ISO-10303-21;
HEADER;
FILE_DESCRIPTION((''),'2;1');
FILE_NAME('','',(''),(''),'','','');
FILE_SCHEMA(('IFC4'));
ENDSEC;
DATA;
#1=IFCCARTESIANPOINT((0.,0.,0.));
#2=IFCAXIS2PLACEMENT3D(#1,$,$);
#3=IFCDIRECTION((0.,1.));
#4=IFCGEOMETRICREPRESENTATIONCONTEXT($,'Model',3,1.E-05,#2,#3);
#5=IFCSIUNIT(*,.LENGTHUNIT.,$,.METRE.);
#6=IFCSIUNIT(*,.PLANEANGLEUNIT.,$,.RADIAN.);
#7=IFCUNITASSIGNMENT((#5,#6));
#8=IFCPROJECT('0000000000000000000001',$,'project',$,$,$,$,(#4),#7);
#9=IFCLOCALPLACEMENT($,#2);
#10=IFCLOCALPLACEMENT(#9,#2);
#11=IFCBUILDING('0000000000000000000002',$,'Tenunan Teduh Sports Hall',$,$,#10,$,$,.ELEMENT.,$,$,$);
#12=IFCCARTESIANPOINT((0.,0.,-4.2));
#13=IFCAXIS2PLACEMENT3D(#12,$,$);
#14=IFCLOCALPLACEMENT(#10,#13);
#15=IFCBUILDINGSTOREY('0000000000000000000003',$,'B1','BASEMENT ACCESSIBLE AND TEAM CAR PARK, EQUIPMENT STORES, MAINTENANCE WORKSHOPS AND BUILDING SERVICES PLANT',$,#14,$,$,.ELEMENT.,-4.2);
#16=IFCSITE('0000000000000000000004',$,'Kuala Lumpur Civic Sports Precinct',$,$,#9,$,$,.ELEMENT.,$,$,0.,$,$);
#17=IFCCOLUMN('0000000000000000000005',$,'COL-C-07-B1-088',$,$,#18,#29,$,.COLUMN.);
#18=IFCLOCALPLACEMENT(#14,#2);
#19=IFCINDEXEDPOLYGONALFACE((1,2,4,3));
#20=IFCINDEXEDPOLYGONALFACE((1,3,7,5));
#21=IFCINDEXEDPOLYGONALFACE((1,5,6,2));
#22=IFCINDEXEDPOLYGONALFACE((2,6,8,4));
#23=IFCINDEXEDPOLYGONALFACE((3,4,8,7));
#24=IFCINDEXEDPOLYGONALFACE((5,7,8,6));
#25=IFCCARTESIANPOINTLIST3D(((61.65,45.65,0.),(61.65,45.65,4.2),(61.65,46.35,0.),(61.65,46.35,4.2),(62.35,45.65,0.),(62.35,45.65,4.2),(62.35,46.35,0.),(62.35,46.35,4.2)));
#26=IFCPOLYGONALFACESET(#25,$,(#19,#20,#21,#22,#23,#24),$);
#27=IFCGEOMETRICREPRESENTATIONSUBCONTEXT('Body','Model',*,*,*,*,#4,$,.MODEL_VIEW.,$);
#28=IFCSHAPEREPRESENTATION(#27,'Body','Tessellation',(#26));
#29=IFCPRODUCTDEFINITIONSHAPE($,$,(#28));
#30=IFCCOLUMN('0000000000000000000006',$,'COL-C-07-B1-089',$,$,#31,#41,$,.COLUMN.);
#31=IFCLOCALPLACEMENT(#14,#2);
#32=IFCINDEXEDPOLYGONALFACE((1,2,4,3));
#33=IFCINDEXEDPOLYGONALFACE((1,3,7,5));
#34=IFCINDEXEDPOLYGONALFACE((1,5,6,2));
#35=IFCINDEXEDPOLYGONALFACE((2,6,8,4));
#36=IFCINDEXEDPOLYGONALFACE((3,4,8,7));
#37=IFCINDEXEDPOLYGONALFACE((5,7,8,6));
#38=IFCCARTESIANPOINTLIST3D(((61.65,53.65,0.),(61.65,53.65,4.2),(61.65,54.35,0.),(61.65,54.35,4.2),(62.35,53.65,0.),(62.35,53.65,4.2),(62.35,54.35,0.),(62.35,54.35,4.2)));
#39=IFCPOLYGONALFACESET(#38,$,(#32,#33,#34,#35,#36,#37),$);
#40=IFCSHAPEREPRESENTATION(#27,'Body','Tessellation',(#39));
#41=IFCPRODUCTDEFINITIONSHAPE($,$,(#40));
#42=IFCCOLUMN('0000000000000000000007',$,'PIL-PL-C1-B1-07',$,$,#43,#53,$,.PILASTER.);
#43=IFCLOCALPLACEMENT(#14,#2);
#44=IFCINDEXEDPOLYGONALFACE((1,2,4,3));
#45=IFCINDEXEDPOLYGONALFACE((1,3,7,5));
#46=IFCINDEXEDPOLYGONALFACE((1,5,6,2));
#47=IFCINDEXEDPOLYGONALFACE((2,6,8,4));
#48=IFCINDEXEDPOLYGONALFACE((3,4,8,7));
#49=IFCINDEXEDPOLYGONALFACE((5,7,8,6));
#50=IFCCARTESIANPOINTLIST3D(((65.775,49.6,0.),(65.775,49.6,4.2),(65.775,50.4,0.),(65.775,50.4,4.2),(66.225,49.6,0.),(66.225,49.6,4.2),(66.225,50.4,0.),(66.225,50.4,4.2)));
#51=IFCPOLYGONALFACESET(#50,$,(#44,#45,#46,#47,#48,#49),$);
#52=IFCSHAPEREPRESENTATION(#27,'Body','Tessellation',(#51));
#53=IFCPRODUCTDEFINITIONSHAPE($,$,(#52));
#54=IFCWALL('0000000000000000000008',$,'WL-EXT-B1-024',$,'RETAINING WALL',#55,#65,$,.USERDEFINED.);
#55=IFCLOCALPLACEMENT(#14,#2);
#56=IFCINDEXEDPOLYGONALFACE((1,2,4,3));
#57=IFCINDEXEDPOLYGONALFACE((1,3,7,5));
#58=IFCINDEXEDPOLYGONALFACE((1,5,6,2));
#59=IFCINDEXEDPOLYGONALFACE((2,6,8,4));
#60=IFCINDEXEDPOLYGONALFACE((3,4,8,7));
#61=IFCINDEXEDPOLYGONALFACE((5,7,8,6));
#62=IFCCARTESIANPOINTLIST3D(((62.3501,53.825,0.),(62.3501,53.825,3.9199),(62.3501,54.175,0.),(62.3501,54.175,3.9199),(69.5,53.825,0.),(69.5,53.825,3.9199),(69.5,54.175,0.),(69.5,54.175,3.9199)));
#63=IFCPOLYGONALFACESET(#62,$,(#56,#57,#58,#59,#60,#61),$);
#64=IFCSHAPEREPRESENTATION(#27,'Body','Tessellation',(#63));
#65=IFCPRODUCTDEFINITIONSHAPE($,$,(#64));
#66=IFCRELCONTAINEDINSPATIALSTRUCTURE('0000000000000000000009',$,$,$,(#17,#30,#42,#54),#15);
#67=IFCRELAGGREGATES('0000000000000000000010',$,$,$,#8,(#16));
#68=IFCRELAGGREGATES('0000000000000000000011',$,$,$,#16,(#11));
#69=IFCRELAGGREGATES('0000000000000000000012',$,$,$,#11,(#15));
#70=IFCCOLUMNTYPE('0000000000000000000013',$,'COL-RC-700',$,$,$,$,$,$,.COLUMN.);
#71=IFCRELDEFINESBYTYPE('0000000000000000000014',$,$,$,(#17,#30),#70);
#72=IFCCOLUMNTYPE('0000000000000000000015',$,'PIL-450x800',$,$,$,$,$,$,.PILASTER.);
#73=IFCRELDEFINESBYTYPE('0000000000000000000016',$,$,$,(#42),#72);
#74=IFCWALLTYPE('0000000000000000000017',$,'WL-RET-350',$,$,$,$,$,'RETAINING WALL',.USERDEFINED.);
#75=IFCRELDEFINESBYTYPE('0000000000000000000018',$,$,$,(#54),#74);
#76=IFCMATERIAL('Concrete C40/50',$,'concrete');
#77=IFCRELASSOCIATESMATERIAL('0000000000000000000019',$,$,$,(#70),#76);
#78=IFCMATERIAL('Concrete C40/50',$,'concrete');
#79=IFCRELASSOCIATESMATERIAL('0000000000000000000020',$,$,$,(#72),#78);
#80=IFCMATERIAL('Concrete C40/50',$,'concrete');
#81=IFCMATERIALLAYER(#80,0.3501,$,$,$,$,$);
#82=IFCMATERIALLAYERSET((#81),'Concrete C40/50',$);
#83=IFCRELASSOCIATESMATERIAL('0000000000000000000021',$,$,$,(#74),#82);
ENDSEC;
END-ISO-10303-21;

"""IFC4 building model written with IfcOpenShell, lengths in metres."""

from ifc_helpers import new_model, si_unit, direction, frame, frame_2d, origin, origin_2d, place, context, subcontext, project, spatial, rectangle, extrude, material, layer, layer_set, material_profile, profile_set, type_object, element, save


model = new_model("IFC4")

# Units and contexts
model_context = context("Model", 3, precision=1e-05, world=origin(), true_north=direction((0.0, 1.0)))
body_context = subcontext(model_context, "Body", "Model", "MODEL_VIEW")
ifc_project = project(units=[si_unit("LENGTHUNIT", "METRE"), si_unit("PLANEANGLEUNIT", "RADIAN")], contexts=[model_context])

# Site, building, storey
site_placement = place(None, origin())
site = spatial("IfcSite", under=ifc_project, at=site_placement, Name="Kuala Lumpur Civic Sports Precinct", CompositionType="ELEMENT", RefElevation=0.0)
building_placement = place(site_placement, origin())
building = spatial("IfcBuilding", under=site, at=building_placement, Name="Tenunan Teduh Sports Hall", CompositionType="ELEMENT")
storey_placement = place(building_placement, frame((0.0, 0.0, -4.2)))
storey = spatial("IfcBuildingStorey", under=building, at=storey_placement, Name="B1", Description="BASEMENT ACCESSIBLE AND TEAM CAR PARK, EQUIPMENT STORES, MAINTENANCE WORKSHOPS AND BUILDING SERVICES PLANT", CompositionType="ELEMENT", Elevation=-4.2)

# Columns
ifc_material_1 = material(Name="Concrete C40/50", Category="concrete")
ifc_material_profile_1 = material_profile(ifc_material_1, rectangle(XDim=0.7, YDim=0.7, at=origin_2d()), Name="RC 700x700")
ifc_profile_set_1 = profile_set([ifc_material_profile_1], Name="Concrete C40/50")
column_type_1 = type_object("IfcColumnType", Name="COL-RC-700", PredefinedType="COLUMN", material=ifc_profile_set_1)
for number, where, z_axis, x_axis, name in (
    (1, (62.0, 46.0, 0.0), (0.0, 0.0, 1.0), (1.0, 0.0, 0.0), "COL-C-07-B1-088"),
    (2, (62.0, 54.0, 0.0), (0.0, 0.0, 1.0), (1.0, 0.0, 0.0), "COL-C-07-B1-089"),
):
    element("IfcColumn", number, at=place(storey_placement, frame(where, z_axis=z_axis, x_axis=x_axis)), inside=storey, type_object=column_type_1, Name=name, PredefinedType="COLUMN", context=body_context, shape_type="SweptSolid", body=[
        extrude(rectangle(XDim=0.7, YDim=0.7, at=origin_2d()), origin(), (0.0, 0.0, 1.0), 4.2),
    ])
ifc_material_2 = material(Name="Concrete C40/50", Category="concrete")
ifc_material_profile_2 = material_profile(ifc_material_2, rectangle(XDim=0.45, YDim=0.8, at=origin_2d()), Name="PIL 450x800")
ifc_profile_set_2 = profile_set([ifc_material_profile_2], Name="Concrete C40/50")
column_type_2 = type_object("IfcColumnType", Name="PIL-450x800", PredefinedType="PILASTER", material=ifc_profile_set_2)
column_placement = place(storey_placement, frame((66.0, 50.0, 0.0), z_axis=(0.0, 0.0, 1.0), x_axis=(1.0, 0.0, 0.0)))
element("IfcColumn", 3, at=column_placement, inside=storey, type_object=column_type_2, Name="PIL-PL-C1-B1-07", PredefinedType="PILASTER", context=body_context, shape_type="SweptSolid", body=[
    extrude(rectangle(XDim=0.45, YDim=0.8, at=origin_2d()), origin(), (0.0, 0.0, 1.0), 4.2),
])

# Wall
ifc_material_3 = material(Name="Concrete C40/50", Category="concrete")
ifc_layer = layer(ifc_material_3, 0.3501)
ifc_layer_set = layer_set([ifc_layer], Name="Concrete C40/50")
wall_type = type_object("IfcWallType", Name="WL-RET-350", ElementType="RETAINING WALL", PredefinedType="USERDEFINED", material=ifc_layer_set)
wall_placement = place(storey_placement, frame((62.3501, 54.0, 0.0), z_axis=(0.0, 0.0, 1.0), x_axis=(1.0, 0.0, 0.0)))
element("IfcWall", 4, at=wall_placement, inside=storey, type_object=wall_type, Name="WL-EXT-B1-024", ObjectType="RETAINING WALL", PredefinedType="USERDEFINED", context=body_context, shape_type="SweptSolid", body=[
    extrude(rectangle(XDim=7.1499, YDim=0.3501, at=frame_2d((3.575, 0.0))), origin(), (0.0, 0.0, 1.0), 3.9199),
])

save(model, "model.ifc")
